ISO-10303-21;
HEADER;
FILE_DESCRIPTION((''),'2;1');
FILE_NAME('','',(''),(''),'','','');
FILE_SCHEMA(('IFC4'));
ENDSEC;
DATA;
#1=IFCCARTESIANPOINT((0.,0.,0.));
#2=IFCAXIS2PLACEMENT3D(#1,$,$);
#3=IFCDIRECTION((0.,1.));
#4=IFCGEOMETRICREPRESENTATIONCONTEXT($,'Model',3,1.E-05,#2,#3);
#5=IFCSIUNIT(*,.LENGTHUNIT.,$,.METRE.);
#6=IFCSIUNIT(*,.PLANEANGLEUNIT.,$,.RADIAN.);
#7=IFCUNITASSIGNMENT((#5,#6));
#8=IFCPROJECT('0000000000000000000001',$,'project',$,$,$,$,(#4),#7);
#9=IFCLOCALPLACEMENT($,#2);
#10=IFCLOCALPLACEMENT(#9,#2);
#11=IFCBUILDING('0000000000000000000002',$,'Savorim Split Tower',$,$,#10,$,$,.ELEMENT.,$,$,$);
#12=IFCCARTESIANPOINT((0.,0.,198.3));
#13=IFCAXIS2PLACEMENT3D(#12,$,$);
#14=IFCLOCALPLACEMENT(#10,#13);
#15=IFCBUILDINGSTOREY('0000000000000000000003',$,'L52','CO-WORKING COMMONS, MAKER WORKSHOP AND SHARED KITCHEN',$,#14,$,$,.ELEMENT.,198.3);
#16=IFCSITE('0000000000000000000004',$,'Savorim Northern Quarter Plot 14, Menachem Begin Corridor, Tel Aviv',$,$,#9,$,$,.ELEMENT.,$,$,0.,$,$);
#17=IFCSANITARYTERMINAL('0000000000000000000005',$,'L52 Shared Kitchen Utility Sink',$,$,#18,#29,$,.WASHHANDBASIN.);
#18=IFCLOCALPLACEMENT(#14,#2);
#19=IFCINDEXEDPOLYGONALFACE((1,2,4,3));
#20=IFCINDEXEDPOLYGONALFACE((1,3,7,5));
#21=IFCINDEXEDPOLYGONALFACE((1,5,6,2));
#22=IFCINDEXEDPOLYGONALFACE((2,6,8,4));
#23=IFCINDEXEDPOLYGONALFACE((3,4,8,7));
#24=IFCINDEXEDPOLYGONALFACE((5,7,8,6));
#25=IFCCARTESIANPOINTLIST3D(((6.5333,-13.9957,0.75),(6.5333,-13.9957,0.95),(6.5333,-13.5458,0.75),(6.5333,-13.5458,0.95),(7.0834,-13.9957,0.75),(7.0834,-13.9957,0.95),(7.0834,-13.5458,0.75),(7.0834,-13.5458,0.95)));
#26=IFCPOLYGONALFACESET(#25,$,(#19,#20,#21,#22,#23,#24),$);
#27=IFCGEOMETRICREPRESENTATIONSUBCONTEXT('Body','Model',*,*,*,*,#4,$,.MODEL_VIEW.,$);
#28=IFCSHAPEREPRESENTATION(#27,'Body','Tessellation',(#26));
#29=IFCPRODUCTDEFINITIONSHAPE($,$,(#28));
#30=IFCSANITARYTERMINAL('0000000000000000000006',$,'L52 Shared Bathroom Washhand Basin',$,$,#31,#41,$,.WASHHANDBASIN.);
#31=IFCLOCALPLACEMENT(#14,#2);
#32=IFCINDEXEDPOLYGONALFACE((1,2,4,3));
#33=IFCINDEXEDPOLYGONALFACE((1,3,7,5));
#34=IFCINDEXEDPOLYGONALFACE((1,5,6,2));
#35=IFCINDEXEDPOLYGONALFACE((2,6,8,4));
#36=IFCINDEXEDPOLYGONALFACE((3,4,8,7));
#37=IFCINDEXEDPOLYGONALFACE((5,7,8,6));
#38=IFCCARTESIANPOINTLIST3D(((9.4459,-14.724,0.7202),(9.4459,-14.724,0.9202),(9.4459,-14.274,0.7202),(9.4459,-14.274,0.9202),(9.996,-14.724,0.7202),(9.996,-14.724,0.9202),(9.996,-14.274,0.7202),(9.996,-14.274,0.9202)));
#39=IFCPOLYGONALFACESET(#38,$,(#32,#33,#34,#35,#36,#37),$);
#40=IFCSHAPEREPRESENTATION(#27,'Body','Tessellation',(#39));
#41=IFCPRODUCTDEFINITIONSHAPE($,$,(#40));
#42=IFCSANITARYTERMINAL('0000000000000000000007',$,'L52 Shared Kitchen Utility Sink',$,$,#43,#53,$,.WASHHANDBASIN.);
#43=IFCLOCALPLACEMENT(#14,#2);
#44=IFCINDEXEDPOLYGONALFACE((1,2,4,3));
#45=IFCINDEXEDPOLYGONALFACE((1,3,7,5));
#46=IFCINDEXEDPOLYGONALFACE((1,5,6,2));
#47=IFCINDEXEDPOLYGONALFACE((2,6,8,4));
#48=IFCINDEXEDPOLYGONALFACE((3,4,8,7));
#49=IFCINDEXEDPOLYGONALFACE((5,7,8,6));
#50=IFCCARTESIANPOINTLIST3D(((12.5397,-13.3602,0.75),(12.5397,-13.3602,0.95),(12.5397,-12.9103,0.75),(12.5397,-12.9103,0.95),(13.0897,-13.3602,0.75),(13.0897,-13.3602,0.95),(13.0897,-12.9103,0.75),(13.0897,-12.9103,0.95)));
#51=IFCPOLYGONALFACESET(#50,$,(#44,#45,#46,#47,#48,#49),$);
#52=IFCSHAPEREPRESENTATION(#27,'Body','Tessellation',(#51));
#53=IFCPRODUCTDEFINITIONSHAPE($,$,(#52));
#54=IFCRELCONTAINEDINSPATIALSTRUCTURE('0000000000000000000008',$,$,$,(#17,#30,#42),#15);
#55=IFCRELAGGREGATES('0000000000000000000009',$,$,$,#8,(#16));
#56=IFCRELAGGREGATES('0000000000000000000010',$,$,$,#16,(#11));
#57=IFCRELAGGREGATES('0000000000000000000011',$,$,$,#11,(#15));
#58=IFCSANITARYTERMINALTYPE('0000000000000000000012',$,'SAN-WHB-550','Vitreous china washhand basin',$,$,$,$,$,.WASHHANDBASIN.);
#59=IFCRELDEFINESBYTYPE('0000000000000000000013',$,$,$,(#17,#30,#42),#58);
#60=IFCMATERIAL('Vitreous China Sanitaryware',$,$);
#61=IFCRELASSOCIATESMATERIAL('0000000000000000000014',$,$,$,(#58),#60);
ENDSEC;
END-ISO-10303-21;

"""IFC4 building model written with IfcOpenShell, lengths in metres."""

from ifc_helpers import new_model, si_unit, direction, frame, origin, origin_2d, place, context, subcontext, project, spatial, rectangle, extrude, material, type_object, element, save


model = new_model("IFC4")

# Units and contexts
model_context = context("Model", 3, precision=1e-05, world=origin(), true_north=direction((0.0, 1.0)))
body_context = subcontext(model_context, "Body", "Model", "MODEL_VIEW")
ifc_project = project(units=[si_unit("LENGTHUNIT", "METRE"), si_unit("PLANEANGLEUNIT", "RADIAN")], contexts=[model_context])

# Site, building, storey
site_placement = place(None, origin())
site = spatial("IfcSite", under=ifc_project, at=site_placement, Name="Savorim Northern Quarter Plot 14, Menachem Begin Corridor, Tel Aviv", CompositionType="ELEMENT", RefElevation=0.0)
building_placement = place(site_placement, origin())
building = spatial("IfcBuilding", under=site, at=building_placement, Name="Savorim Split Tower", CompositionType="ELEMENT")
storey_placement = place(building_placement, frame((0.0, 0.0, 198.3)))
storey = spatial("IfcBuildingStorey", under=building, at=storey_placement, Name="L52", Description="CO-WORKING COMMONS, MAKER WORKSHOP AND SHARED KITCHEN", CompositionType="ELEMENT", Elevation=198.3)

# Sanitary terminals
ifc_material_1 = material(Name="Vitreous China Sanitaryware")
sanitary_terminal_type_1 = type_object("IfcSanitaryTerminalType", Name="SAN-WHB-550", Description="Vitreous china washhand basin", PredefinedType="WASHHANDBASIN", material=ifc_material_1)
for number, where, z_axis, x_axis, name in (
    (1, (6.8083, -13.7708, 0.75), (0.0, 0.0, 1.0), (1.0, 0.0, 0.0), "L52 Shared Kitchen Utility Sink"),
    (2, (9.7209, -14.499, 0.7202), (0.0, 0.0, 1.0), (1.0, 0.0, 0.0), "L52 Shared Bathroom Washhand Basin"),
    (3, (12.8147, -13.1353, 0.75), (0.0, 0.0, 1.0), (1.0, 0.0, 0.0), "L52 Shared Kitchen Utility Sink"),
):
    element("IfcSanitaryTerminal", number, at=place(storey_placement, frame(where, z_axis=z_axis, x_axis=x_axis)), inside=storey, type_object=sanitary_terminal_type_1, Name=name, PredefinedType="WASHHANDBASIN", context=body_context, shape_type="SweptSolid", body=[
        extrude(rectangle(XDim=0.55, YDim=0.45, at=origin_2d()), origin(), (0.0, 0.0, 1.0), 0.2),
    ])

save(model, "model.ifc")
